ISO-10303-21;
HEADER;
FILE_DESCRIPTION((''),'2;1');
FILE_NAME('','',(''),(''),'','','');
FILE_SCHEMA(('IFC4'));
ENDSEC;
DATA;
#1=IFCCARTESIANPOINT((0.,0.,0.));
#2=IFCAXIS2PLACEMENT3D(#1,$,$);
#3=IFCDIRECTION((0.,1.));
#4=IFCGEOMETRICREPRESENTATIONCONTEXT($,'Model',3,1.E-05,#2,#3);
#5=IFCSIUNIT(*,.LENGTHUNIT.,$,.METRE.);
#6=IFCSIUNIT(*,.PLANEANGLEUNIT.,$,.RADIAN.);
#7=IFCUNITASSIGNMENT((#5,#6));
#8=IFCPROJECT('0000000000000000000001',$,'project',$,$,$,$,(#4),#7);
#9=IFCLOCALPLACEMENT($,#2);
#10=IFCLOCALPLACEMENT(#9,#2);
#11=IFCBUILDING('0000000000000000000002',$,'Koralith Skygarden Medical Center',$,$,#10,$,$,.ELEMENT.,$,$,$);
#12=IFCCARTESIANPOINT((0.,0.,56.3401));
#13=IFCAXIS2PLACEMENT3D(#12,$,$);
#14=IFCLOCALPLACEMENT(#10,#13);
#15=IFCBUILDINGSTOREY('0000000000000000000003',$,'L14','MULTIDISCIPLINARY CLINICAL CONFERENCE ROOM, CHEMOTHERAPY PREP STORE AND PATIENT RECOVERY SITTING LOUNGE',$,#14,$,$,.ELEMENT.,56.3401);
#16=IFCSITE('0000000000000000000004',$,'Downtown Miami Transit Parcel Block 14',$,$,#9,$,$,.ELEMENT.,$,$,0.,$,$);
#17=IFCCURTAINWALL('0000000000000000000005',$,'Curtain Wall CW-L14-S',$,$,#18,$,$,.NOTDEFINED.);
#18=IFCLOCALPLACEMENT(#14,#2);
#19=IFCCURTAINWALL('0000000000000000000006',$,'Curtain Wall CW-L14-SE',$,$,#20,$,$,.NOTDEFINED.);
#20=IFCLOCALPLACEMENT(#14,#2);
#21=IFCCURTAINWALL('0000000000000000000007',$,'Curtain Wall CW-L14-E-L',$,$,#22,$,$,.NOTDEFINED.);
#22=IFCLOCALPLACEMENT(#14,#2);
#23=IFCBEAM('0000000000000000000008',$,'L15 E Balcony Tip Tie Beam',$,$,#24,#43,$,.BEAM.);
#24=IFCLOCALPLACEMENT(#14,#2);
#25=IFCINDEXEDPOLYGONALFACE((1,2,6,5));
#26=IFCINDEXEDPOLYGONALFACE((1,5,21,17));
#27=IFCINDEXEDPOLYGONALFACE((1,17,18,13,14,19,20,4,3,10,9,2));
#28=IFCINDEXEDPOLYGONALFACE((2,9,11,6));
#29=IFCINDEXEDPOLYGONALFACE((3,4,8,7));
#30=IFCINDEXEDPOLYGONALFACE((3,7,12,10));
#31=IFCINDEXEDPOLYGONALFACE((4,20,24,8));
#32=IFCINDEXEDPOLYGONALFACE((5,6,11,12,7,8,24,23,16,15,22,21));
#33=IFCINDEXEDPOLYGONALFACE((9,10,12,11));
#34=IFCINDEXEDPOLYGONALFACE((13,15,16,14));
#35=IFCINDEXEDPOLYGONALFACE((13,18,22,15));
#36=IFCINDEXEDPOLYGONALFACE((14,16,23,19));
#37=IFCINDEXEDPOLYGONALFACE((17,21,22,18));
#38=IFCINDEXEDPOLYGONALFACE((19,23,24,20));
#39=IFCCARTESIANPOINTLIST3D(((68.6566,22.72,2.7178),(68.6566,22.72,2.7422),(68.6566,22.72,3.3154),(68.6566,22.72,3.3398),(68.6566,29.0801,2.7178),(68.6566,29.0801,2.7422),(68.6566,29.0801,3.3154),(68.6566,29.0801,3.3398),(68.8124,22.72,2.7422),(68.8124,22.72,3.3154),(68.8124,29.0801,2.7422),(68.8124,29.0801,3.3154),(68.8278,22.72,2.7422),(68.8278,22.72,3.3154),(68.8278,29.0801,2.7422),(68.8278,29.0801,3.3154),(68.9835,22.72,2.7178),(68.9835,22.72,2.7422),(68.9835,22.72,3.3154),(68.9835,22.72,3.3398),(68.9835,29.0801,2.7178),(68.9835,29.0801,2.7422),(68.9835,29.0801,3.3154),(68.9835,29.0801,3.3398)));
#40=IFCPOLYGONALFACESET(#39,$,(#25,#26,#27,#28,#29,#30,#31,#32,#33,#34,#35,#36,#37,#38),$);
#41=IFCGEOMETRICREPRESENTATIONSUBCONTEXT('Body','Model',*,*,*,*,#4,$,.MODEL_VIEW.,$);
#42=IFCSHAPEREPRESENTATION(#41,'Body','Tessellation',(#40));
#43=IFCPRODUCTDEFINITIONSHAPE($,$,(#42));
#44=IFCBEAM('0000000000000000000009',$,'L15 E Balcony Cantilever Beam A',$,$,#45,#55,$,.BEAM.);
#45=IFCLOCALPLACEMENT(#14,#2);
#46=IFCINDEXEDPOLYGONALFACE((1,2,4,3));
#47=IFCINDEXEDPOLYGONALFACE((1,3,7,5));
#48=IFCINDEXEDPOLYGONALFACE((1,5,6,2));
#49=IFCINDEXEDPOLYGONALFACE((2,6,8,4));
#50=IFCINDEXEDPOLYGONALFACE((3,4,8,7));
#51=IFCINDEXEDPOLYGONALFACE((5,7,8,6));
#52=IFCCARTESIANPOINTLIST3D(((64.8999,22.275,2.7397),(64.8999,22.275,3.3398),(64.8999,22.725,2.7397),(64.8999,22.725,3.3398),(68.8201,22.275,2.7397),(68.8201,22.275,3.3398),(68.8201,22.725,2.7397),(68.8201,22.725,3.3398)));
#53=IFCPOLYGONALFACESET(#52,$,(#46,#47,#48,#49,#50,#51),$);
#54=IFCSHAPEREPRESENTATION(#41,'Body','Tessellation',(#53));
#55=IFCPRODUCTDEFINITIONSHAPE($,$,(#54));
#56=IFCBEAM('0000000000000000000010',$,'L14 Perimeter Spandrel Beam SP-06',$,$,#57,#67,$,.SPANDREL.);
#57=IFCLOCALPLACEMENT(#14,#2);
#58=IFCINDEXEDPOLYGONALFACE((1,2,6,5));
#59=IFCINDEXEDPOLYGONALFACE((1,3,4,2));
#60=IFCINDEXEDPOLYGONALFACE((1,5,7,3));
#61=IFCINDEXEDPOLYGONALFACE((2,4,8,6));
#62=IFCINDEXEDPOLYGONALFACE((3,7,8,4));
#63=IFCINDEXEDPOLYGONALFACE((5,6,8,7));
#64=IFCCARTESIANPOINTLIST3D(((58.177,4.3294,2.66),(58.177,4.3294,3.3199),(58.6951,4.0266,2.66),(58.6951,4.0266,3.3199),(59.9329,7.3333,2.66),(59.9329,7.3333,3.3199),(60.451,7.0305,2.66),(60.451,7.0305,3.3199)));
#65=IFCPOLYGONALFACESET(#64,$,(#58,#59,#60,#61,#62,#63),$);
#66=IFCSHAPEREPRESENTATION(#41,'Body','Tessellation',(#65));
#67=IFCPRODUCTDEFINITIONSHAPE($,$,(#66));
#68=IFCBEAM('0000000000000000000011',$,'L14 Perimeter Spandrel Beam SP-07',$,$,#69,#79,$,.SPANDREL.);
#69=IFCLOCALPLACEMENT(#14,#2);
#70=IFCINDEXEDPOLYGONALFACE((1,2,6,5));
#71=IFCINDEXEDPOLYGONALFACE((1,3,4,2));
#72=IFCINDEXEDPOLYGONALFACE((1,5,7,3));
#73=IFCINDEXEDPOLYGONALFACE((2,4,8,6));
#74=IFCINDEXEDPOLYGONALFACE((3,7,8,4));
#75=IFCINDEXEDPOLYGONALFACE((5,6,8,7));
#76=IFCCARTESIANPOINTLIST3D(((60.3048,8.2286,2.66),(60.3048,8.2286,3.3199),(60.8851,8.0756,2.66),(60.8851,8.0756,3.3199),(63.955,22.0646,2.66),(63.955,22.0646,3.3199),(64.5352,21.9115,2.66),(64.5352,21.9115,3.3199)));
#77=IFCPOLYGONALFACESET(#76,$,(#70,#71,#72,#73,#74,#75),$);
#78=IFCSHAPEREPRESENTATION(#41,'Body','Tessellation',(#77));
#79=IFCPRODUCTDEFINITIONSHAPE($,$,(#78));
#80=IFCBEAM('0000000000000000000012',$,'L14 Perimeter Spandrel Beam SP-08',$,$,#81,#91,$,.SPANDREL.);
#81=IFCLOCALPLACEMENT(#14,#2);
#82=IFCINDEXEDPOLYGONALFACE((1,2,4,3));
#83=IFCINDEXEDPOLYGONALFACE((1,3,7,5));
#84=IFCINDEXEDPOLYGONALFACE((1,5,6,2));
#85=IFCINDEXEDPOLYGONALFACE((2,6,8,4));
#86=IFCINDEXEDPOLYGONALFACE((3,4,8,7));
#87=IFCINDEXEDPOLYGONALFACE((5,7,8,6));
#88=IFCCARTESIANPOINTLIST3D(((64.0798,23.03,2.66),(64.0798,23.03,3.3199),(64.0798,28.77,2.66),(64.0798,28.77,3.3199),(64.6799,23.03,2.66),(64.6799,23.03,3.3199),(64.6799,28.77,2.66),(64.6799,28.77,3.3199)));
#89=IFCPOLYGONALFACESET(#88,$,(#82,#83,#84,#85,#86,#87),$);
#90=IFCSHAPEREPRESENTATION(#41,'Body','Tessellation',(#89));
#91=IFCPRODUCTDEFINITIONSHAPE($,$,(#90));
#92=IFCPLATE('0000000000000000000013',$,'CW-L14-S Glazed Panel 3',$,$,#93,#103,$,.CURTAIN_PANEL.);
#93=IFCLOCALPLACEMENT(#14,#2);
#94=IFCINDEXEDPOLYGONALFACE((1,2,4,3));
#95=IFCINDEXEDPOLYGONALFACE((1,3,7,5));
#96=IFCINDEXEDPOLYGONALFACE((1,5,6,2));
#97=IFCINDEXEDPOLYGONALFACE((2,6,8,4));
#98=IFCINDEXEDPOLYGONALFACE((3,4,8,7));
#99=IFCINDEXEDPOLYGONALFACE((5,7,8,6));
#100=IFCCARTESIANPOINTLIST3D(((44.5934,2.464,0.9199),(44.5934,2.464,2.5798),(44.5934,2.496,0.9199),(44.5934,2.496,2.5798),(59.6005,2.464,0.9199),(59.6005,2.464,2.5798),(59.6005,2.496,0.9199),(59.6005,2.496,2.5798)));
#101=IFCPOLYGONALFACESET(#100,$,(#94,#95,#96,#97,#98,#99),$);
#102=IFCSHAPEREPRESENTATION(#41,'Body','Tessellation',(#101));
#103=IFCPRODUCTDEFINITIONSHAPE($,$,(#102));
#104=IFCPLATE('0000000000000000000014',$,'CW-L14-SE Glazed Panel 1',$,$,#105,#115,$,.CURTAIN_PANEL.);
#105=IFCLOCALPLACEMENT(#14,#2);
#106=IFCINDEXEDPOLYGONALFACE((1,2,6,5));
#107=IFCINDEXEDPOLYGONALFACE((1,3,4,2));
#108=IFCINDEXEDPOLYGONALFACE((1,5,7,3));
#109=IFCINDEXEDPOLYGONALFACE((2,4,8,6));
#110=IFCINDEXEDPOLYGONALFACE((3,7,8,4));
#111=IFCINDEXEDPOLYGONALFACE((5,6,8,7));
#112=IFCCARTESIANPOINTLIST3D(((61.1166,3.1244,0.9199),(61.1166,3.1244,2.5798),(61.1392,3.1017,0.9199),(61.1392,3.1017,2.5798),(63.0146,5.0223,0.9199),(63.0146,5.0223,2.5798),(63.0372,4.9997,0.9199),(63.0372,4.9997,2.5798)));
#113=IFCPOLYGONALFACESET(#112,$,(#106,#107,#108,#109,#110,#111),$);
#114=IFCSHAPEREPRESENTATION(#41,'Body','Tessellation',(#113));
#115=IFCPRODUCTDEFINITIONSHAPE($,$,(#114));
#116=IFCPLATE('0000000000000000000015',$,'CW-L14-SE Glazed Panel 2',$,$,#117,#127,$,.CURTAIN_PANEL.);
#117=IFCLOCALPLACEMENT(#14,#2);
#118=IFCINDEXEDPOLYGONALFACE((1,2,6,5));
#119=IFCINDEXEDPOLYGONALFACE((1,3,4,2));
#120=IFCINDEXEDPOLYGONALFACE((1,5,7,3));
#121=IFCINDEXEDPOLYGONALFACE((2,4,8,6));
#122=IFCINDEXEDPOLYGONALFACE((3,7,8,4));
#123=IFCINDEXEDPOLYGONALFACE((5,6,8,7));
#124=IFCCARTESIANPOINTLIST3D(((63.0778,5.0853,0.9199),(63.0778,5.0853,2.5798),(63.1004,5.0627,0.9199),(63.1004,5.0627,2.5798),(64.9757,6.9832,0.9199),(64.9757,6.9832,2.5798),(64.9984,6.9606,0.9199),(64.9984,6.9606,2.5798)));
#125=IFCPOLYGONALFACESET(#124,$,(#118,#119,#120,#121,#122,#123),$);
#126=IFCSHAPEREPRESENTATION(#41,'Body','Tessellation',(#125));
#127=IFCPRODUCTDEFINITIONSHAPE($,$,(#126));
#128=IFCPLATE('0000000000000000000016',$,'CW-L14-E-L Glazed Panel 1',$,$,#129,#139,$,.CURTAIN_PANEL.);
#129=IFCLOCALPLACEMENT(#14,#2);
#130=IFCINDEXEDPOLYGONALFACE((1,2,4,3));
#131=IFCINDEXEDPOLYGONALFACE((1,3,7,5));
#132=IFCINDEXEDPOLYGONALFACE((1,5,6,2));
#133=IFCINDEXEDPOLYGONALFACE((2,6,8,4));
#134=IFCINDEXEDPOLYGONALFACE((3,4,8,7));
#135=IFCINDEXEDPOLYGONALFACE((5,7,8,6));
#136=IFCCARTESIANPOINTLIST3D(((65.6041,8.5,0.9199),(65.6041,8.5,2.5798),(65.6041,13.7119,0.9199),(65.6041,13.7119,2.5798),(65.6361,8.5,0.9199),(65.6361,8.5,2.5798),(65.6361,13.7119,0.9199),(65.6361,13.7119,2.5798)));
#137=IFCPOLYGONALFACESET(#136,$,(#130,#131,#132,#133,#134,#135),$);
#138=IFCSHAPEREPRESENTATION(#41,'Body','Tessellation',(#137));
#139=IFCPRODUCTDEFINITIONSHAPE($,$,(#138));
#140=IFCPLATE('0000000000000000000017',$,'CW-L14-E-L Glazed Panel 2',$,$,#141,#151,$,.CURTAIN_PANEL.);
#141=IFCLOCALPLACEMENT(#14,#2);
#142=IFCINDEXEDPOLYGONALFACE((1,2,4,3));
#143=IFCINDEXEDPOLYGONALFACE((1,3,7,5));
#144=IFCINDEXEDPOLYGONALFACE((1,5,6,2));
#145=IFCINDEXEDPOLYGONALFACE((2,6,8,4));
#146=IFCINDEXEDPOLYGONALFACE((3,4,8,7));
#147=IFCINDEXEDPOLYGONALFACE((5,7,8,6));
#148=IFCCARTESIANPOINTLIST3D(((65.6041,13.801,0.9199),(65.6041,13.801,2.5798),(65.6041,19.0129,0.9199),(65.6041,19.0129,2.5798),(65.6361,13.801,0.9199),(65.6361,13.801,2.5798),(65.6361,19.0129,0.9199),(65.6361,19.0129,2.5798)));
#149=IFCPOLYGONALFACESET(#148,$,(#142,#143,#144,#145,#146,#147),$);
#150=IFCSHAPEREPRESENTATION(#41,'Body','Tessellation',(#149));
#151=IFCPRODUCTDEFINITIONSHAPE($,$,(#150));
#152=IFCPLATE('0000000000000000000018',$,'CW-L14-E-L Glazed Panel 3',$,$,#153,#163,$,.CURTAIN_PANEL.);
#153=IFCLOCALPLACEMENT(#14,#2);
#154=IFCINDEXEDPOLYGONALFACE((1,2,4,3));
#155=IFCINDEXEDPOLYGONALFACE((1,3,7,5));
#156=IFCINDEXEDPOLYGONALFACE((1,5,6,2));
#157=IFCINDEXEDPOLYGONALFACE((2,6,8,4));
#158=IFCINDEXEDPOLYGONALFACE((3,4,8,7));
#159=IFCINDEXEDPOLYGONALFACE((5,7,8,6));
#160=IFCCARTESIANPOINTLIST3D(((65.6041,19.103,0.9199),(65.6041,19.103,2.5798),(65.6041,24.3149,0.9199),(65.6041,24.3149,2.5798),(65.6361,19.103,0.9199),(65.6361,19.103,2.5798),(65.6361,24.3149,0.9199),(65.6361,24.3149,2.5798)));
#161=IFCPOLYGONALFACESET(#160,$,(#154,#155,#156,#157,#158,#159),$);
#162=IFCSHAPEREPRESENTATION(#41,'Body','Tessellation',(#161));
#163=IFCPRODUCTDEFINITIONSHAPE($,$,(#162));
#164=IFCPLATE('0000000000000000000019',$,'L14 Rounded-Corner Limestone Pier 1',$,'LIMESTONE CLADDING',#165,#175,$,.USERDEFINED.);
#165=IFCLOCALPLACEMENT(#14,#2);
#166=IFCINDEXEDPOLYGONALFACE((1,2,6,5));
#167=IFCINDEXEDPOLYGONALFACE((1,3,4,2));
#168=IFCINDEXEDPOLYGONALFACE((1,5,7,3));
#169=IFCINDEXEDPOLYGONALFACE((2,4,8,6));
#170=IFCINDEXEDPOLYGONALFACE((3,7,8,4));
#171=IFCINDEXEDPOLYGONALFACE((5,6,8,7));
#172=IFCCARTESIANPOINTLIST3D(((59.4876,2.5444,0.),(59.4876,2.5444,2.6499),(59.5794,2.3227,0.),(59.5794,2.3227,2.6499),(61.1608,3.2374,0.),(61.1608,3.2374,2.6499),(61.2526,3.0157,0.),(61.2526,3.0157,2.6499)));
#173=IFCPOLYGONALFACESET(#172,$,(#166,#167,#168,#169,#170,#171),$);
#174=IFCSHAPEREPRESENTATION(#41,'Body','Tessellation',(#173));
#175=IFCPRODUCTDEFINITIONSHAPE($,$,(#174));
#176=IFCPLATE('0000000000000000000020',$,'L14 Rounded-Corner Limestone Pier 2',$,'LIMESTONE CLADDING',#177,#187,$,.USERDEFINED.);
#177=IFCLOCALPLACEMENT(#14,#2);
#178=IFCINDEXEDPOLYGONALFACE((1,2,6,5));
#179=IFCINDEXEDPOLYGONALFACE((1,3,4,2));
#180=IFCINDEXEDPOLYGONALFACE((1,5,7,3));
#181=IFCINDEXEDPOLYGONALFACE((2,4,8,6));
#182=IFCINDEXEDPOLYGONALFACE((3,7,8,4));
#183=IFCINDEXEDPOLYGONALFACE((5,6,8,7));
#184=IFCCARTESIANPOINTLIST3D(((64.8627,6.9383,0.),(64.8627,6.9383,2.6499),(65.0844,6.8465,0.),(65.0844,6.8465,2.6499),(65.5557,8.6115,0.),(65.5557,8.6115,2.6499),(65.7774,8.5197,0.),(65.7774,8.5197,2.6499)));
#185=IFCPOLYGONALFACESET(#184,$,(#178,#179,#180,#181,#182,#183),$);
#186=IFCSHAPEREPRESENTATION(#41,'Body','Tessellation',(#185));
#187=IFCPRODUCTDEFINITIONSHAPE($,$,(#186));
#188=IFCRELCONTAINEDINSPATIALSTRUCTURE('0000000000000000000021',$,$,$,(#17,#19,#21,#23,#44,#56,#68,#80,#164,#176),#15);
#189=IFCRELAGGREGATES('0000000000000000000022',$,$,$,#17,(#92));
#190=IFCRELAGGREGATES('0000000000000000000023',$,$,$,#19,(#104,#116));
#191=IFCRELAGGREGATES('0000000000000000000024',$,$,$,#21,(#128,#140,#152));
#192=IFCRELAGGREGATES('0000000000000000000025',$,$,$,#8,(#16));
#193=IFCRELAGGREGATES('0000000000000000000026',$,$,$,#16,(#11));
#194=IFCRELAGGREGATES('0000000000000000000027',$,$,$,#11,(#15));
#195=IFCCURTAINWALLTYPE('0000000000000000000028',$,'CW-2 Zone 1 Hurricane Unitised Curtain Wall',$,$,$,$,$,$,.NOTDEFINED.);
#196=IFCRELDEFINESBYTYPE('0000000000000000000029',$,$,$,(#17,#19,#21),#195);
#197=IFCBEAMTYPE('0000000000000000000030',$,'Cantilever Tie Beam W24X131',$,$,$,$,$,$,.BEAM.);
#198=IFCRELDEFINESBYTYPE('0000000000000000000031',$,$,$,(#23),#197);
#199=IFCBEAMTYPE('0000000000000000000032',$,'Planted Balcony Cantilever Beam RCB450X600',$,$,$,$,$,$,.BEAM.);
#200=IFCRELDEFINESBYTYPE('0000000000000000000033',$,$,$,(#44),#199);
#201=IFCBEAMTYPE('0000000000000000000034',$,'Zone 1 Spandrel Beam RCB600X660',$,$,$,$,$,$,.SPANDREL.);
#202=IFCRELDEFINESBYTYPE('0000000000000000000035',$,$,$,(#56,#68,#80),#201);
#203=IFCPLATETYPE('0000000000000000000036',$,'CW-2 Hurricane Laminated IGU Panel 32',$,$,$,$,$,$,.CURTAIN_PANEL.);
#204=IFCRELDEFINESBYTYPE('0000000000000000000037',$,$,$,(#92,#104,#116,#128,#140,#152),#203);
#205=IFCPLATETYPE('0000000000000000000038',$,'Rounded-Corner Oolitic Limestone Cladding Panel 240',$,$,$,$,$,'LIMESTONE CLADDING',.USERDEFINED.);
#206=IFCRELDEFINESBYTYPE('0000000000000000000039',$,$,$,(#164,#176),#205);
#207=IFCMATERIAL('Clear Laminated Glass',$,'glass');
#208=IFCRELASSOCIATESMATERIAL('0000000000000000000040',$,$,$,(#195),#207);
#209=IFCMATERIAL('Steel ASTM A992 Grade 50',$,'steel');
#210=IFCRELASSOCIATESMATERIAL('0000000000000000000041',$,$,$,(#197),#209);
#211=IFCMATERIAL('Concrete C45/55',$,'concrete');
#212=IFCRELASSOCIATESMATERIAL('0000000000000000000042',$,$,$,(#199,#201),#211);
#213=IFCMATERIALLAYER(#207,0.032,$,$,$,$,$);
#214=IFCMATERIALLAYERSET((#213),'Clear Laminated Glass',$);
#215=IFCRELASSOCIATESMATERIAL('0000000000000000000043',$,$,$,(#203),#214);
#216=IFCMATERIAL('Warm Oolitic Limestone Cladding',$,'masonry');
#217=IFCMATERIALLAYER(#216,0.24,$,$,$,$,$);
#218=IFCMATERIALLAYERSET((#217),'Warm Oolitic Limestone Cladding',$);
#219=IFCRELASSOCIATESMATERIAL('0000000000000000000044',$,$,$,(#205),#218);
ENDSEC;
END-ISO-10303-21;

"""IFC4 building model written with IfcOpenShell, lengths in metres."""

from ifc_helpers import new_model, si_unit, direction, frame, origin, origin_2d, place, context, subcontext, project, spatial, rectangle, i_section, extrude, material, layer, layer_set, material_profile, profile_set, type_object, element, aggregate, save


model = new_model("IFC4")

# Units and contexts
model_context = context("Model", 3, precision=1e-05, world=origin(), true_north=direction((0.0, 1.0)))
body_context = subcontext(model_context, "Body", "Model", "MODEL_VIEW")
ifc_project = project(units=[si_unit("LENGTHUNIT", "METRE"), si_unit("PLANEANGLEUNIT", "RADIAN")], contexts=[model_context])

# Site, building, storey
site_placement = place(None, origin())
site = spatial("IfcSite", under=ifc_project, at=site_placement, Name="Downtown Miami Transit Parcel Block 14", CompositionType="ELEMENT", RefElevation=0.0)
building_placement = place(site_placement, origin())
building = spatial("IfcBuilding", under=site, at=building_placement, Name="Koralith Skygarden Medical Center", CompositionType="ELEMENT")
storey_placement = place(building_placement, frame((0.0, 0.0, 56.3401)))
storey = spatial("IfcBuildingStorey", under=building, at=storey_placement, Name="L14", Description="MULTIDISCIPLINARY CLINICAL CONFERENCE ROOM, CHEMOTHERAPY PREP STORE AND PATIENT RECOVERY SITTING LOUNGE", CompositionType="ELEMENT", Elevation=56.3401)

# Curtain wall
ifc_material_1 = material(Name="Clear Laminated Glass", Category="glass")
curtain_wall_type = type_object("IfcCurtainWallType", Name="CW-2 Zone 1 Hurricane Unitised Curtain Wall", PredefinedType="NOTDEFINED", material=ifc_material_1)
curtain_wall_1_placement = place(storey_placement, origin())
curtain_wall_1 = element("IfcCurtainWall", 1, at=curtain_wall_1_placement, inside=storey, type_object=curtain_wall_type, Name="Curtain Wall CW-L14-S", PredefinedType="NOTDEFINED")

# Curtain walls
curtain_wall_2_placement = place(storey_placement, origin())
curtain_wall_2 = element("IfcCurtainWall", 2, at=curtain_wall_2_placement, inside=storey, type_object=curtain_wall_type, Name="Curtain Wall CW-L14-SE", PredefinedType="NOTDEFINED")
curtain_wall_3_placement = place(storey_placement, origin())
curtain_wall_3 = element("IfcCurtainWall", 3, at=curtain_wall_3_placement, inside=storey, type_object=curtain_wall_type, Name="Curtain Wall CW-L14-E-L", PredefinedType="NOTDEFINED")

# Beams
ifc_material_2 = material(Name="Steel ASTM A992 Grade 50", Category="steel")
ifc_material_profile_1 = material_profile(ifc_material_2, i_section(OverallWidth=0.3269, OverallDepth=0.6221, WebThickness=0.0154, FlangeThickness=0.0244, at=origin_2d()), Name="W24X131")
ifc_profile_set_1 = profile_set([ifc_material_profile_1], Name="Steel ASTM A992 Grade 50")
beam_type_1 = type_object("IfcBeamType", Name="Cantilever Tie Beam W24X131", PredefinedType="BEAM", material=ifc_profile_set_1)
beam_1_placement = place(storey_placement, frame((68.8201, 22.72, 3.0288), z_axis=(0.0, 1.0, 0.0), x_axis=(-1.0, 0.0, 0.0)))
element("IfcBeam", 4, at=beam_1_placement, inside=storey, type_object=beam_type_1, Name="L15 E Balcony Tip Tie Beam", PredefinedType="BEAM", context=body_context, shape_type="SweptSolid", body=[
    extrude(i_section(OverallWidth=0.3269, OverallDepth=0.6221, WebThickness=0.0154, FlangeThickness=0.0244, at=origin_2d()), origin(), (0.0, 0.0, 1.0), 6.3601),
])
ifc_material_3 = material(Name="Concrete C45/55", Category="concrete")
ifc_material_profile_2 = material_profile(ifc_material_3, rectangle(XDim=0.45, YDim=0.6001, at=origin_2d()), Name="RCB450X600")
ifc_profile_set_2 = profile_set([ifc_material_profile_2], Name="Concrete C45/55")
beam_type_2 = type_object("IfcBeamType", Name="Planted Balcony Cantilever Beam RCB450X600", PredefinedType="BEAM", material=ifc_profile_set_2)
beam_2_placement = place(storey_placement, frame((64.8999, 22.5, 3.0398), z_axis=(1.0, 0.0, 0.0), x_axis=(0.0, 1.0, 0.0)))
element("IfcBeam", 5, at=beam_2_placement, inside=storey, type_object=beam_type_2, Name="L15 E Balcony Cantilever Beam A", PredefinedType="BEAM", context=body_context, shape_type="SweptSolid", body=[
    extrude(rectangle(XDim=0.45, YDim=0.6001, at=origin_2d()), origin(), (0.0, 0.0, 1.0), 3.9202),
])
ifc_material_profile_3 = material_profile(ifc_material_3, rectangle(XDim=0.6001, YDim=0.6599, at=origin_2d()), Name="RCB600X660")
ifc_profile_set_3 = profile_set([ifc_material_profile_3], Name="Concrete C45/55")
beam_type_3 = type_object("IfcBeamType", Name="Zone 1 Spandrel Beam RCB600X660", PredefinedType="SPANDREL", material=ifc_profile_set_3)
beam_3_placement = place(storey_placement, frame((58.436, 4.178, 2.99), z_axis=(0.504639, 0.863331, 0.0), x_axis=(-0.863331, 0.504639, 0.0)))
element("IfcBeam", 6, at=beam_3_placement, inside=storey, type_object=beam_type_3, Name="L14 Perimeter Spandrel Beam SP-06", PredefinedType="SPANDREL", context=body_context, shape_type="SweptSolid", body=[
    extrude(rectangle(XDim=0.6001, YDim=0.6599, at=origin_2d()), origin(), (0.0, 0.0, 1.0), 3.4795),
])
beam_4_placement = place(storey_placement, frame((60.595, 8.1521, 2.99), z_axis=(0.255089, 0.966918, 0.0), x_axis=(-0.966918, 0.255089, 0.0)))
element("IfcBeam", 7, at=beam_4_placement, inside=storey, type_object=beam_type_3, Name="L14 Perimeter Spandrel Beam SP-07", PredefinedType="SPANDREL", context=body_context, shape_type="SweptSolid", body=[
    extrude(rectangle(XDim=0.6001, YDim=0.6599, at=origin_2d()), origin(), (0.0, 0.0, 1.0), 14.3093),
])
beam_5_placement = place(storey_placement, frame((64.3799, 23.03, 2.99), z_axis=(0.0, 1.0, 0.0), x_axis=(-1.0, 0.0, 0.0)))
element("IfcBeam", 8, at=beam_5_placement, inside=storey, type_object=beam_type_3, Name="L14 Perimeter Spandrel Beam SP-08", PredefinedType="SPANDREL", context=body_context, shape_type="SweptSolid", body=[
    extrude(rectangle(XDim=0.6001, YDim=0.6599, at=origin_2d()), origin(), (0.0, 0.0, 1.0), 5.74),
])

# Plates
ifc_layer_1 = layer(ifc_material_1, 0.032)
ifc_layer_set_1 = layer_set([ifc_layer_1], Name="Clear Laminated Glass")
plate_type_1 = type_object("IfcPlateType", Name="CW-2 Hurricane Laminated IGU Panel 32", PredefinedType="CURTAIN_PANEL", material=ifc_layer_set_1)
plate_1_placement = place(storey_placement, frame((52.0969, 2.48, 0.9199), z_axis=(0.0, 0.0, 1.0), x_axis=(1.0, 0.0, 0.0)))
plate_1 = element("IfcPlate", 9, at=plate_1_placement, type_object=plate_type_1, Name="CW-L14-S Glazed Panel 3", PredefinedType="CURTAIN_PANEL", context=body_context, shape_type="SweptSolid", body=[
    extrude(rectangle(XDim=15.0071, YDim=0.032, at=origin_2d()), origin(), (0.0, 0.0, 1.0), 1.6599),
])
aggregate(curtain_wall_1, [plate_1])
plate_2_placement = place(storey_placement, frame((62.0769, 4.062, 0.9199), z_axis=(0.0, 0.0, 1.0), x_axis=(0.707107, 0.707107, 0.0)))
plate_2 = element("IfcPlate", 10, at=plate_2_placement, type_object=plate_type_1, Name="CW-L14-SE Glazed Panel 1", PredefinedType="CURTAIN_PANEL", context=body_context, shape_type="SweptSolid", body=[
    extrude(rectangle(XDim=2.6841, YDim=0.032, at=origin_2d()), origin(), (0.0, 0.0, 1.0), 1.6599),
])
plate_3_placement = place(storey_placement, frame((64.0381, 6.0229, 0.9199), z_axis=(0.0, 0.0, 1.0), x_axis=(0.707107, 0.707107, 0.0)))
plate_3 = element("IfcPlate", 11, at=plate_3_placement, type_object=plate_type_1, Name="CW-L14-SE Glazed Panel 2", PredefinedType="CURTAIN_PANEL", context=body_context, shape_type="SweptSolid", body=[
    extrude(rectangle(XDim=2.6841, YDim=0.032, at=origin_2d()), origin(), (0.0, 0.0, 1.0), 1.6599),
])
aggregate(curtain_wall_2, [plate_2, plate_3])
plate_4_placement = place(storey_placement, frame((65.6201, 11.106, 0.9199), z_axis=(0.0, 0.0, 1.0), x_axis=(0.0, 1.0, 0.0)))
plate_4 = element("IfcPlate", 12, at=plate_4_placement, type_object=plate_type_1, Name="CW-L14-E-L Glazed Panel 1", PredefinedType="CURTAIN_PANEL", context=body_context, shape_type="SweptSolid", body=[
    extrude(rectangle(XDim=5.2119, YDim=0.032, at=origin_2d()), origin(), (0.0, 0.0, 1.0), 1.6599),
])
plate_5_placement = place(storey_placement, frame((65.6201, 16.407, 0.9199), z_axis=(0.0, 0.0, 1.0), x_axis=(0.0, 1.0, 0.0)))
plate_5 = element("IfcPlate", 13, at=plate_5_placement, type_object=plate_type_1, Name="CW-L14-E-L Glazed Panel 2", PredefinedType="CURTAIN_PANEL", context=body_context, shape_type="SweptSolid", body=[
    extrude(rectangle(XDim=5.2119, YDim=0.032, at=origin_2d()), origin(), (0.0, 0.0, 1.0), 1.6599),
])
plate_6_placement = place(storey_placement, frame((65.6201, 21.709, 0.9199), z_axis=(0.0, 0.0, 1.0), x_axis=(0.0, 1.0, 0.0)))
plate_6 = element("IfcPlate", 14, at=plate_6_placement, type_object=plate_type_1, Name="CW-L14-E-L Glazed Panel 3", PredefinedType="CURTAIN_PANEL", context=body_context, shape_type="SweptSolid", body=[
    extrude(rectangle(XDim=5.2119, YDim=0.032, at=origin_2d()), origin(), (0.0, 0.0, 1.0), 1.6599),
])
aggregate(curtain_wall_3, [plate_4, plate_5, plate_6])

# Plates
ifc_material_4 = material(Name="Warm Oolitic Limestone Cladding", Category="masonry")
ifc_layer_2 = layer(ifc_material_4, 0.24)
ifc_layer_set_2 = layer_set([ifc_layer_2], Name="Warm Oolitic Limestone Cladding")
plate_type_2 = type_object("IfcPlateType", Name="Rounded-Corner Oolitic Limestone Cladding Panel 240", ElementType="LIMESTONE CLADDING", PredefinedType="USERDEFINED", material=ifc_layer_set_2)
for number, where, z_axis, x_axis, name in (
    (15, (60.3701, 2.78, 0.0), (0.0, 0.0, 1.0), (0.923885, 0.382671, 0.0), "L14 Rounded-Corner Limestone Pier 1"),
    (16, (65.3201, 7.729, 0.0), (0.0, 0.0, 1.0), (0.382671, 0.923885, 0.0), "L14 Rounded-Corner Limestone Pier 2"),
):
    element("IfcPlate", number, at=place(storey_placement, frame(where, z_axis=z_axis, x_axis=x_axis)), inside=storey, type_object=plate_type_2, Name=name, ObjectType="LIMESTONE CLADDING", PredefinedType="USERDEFINED", context=body_context, shape_type="SweptSolid", body=[
        extrude(rectangle(XDim=1.811, YDim=0.24, at=origin_2d()), origin(), (0.0, 0.0, 1.0), 2.6499),
    ])

save(model, "model.ifc")
